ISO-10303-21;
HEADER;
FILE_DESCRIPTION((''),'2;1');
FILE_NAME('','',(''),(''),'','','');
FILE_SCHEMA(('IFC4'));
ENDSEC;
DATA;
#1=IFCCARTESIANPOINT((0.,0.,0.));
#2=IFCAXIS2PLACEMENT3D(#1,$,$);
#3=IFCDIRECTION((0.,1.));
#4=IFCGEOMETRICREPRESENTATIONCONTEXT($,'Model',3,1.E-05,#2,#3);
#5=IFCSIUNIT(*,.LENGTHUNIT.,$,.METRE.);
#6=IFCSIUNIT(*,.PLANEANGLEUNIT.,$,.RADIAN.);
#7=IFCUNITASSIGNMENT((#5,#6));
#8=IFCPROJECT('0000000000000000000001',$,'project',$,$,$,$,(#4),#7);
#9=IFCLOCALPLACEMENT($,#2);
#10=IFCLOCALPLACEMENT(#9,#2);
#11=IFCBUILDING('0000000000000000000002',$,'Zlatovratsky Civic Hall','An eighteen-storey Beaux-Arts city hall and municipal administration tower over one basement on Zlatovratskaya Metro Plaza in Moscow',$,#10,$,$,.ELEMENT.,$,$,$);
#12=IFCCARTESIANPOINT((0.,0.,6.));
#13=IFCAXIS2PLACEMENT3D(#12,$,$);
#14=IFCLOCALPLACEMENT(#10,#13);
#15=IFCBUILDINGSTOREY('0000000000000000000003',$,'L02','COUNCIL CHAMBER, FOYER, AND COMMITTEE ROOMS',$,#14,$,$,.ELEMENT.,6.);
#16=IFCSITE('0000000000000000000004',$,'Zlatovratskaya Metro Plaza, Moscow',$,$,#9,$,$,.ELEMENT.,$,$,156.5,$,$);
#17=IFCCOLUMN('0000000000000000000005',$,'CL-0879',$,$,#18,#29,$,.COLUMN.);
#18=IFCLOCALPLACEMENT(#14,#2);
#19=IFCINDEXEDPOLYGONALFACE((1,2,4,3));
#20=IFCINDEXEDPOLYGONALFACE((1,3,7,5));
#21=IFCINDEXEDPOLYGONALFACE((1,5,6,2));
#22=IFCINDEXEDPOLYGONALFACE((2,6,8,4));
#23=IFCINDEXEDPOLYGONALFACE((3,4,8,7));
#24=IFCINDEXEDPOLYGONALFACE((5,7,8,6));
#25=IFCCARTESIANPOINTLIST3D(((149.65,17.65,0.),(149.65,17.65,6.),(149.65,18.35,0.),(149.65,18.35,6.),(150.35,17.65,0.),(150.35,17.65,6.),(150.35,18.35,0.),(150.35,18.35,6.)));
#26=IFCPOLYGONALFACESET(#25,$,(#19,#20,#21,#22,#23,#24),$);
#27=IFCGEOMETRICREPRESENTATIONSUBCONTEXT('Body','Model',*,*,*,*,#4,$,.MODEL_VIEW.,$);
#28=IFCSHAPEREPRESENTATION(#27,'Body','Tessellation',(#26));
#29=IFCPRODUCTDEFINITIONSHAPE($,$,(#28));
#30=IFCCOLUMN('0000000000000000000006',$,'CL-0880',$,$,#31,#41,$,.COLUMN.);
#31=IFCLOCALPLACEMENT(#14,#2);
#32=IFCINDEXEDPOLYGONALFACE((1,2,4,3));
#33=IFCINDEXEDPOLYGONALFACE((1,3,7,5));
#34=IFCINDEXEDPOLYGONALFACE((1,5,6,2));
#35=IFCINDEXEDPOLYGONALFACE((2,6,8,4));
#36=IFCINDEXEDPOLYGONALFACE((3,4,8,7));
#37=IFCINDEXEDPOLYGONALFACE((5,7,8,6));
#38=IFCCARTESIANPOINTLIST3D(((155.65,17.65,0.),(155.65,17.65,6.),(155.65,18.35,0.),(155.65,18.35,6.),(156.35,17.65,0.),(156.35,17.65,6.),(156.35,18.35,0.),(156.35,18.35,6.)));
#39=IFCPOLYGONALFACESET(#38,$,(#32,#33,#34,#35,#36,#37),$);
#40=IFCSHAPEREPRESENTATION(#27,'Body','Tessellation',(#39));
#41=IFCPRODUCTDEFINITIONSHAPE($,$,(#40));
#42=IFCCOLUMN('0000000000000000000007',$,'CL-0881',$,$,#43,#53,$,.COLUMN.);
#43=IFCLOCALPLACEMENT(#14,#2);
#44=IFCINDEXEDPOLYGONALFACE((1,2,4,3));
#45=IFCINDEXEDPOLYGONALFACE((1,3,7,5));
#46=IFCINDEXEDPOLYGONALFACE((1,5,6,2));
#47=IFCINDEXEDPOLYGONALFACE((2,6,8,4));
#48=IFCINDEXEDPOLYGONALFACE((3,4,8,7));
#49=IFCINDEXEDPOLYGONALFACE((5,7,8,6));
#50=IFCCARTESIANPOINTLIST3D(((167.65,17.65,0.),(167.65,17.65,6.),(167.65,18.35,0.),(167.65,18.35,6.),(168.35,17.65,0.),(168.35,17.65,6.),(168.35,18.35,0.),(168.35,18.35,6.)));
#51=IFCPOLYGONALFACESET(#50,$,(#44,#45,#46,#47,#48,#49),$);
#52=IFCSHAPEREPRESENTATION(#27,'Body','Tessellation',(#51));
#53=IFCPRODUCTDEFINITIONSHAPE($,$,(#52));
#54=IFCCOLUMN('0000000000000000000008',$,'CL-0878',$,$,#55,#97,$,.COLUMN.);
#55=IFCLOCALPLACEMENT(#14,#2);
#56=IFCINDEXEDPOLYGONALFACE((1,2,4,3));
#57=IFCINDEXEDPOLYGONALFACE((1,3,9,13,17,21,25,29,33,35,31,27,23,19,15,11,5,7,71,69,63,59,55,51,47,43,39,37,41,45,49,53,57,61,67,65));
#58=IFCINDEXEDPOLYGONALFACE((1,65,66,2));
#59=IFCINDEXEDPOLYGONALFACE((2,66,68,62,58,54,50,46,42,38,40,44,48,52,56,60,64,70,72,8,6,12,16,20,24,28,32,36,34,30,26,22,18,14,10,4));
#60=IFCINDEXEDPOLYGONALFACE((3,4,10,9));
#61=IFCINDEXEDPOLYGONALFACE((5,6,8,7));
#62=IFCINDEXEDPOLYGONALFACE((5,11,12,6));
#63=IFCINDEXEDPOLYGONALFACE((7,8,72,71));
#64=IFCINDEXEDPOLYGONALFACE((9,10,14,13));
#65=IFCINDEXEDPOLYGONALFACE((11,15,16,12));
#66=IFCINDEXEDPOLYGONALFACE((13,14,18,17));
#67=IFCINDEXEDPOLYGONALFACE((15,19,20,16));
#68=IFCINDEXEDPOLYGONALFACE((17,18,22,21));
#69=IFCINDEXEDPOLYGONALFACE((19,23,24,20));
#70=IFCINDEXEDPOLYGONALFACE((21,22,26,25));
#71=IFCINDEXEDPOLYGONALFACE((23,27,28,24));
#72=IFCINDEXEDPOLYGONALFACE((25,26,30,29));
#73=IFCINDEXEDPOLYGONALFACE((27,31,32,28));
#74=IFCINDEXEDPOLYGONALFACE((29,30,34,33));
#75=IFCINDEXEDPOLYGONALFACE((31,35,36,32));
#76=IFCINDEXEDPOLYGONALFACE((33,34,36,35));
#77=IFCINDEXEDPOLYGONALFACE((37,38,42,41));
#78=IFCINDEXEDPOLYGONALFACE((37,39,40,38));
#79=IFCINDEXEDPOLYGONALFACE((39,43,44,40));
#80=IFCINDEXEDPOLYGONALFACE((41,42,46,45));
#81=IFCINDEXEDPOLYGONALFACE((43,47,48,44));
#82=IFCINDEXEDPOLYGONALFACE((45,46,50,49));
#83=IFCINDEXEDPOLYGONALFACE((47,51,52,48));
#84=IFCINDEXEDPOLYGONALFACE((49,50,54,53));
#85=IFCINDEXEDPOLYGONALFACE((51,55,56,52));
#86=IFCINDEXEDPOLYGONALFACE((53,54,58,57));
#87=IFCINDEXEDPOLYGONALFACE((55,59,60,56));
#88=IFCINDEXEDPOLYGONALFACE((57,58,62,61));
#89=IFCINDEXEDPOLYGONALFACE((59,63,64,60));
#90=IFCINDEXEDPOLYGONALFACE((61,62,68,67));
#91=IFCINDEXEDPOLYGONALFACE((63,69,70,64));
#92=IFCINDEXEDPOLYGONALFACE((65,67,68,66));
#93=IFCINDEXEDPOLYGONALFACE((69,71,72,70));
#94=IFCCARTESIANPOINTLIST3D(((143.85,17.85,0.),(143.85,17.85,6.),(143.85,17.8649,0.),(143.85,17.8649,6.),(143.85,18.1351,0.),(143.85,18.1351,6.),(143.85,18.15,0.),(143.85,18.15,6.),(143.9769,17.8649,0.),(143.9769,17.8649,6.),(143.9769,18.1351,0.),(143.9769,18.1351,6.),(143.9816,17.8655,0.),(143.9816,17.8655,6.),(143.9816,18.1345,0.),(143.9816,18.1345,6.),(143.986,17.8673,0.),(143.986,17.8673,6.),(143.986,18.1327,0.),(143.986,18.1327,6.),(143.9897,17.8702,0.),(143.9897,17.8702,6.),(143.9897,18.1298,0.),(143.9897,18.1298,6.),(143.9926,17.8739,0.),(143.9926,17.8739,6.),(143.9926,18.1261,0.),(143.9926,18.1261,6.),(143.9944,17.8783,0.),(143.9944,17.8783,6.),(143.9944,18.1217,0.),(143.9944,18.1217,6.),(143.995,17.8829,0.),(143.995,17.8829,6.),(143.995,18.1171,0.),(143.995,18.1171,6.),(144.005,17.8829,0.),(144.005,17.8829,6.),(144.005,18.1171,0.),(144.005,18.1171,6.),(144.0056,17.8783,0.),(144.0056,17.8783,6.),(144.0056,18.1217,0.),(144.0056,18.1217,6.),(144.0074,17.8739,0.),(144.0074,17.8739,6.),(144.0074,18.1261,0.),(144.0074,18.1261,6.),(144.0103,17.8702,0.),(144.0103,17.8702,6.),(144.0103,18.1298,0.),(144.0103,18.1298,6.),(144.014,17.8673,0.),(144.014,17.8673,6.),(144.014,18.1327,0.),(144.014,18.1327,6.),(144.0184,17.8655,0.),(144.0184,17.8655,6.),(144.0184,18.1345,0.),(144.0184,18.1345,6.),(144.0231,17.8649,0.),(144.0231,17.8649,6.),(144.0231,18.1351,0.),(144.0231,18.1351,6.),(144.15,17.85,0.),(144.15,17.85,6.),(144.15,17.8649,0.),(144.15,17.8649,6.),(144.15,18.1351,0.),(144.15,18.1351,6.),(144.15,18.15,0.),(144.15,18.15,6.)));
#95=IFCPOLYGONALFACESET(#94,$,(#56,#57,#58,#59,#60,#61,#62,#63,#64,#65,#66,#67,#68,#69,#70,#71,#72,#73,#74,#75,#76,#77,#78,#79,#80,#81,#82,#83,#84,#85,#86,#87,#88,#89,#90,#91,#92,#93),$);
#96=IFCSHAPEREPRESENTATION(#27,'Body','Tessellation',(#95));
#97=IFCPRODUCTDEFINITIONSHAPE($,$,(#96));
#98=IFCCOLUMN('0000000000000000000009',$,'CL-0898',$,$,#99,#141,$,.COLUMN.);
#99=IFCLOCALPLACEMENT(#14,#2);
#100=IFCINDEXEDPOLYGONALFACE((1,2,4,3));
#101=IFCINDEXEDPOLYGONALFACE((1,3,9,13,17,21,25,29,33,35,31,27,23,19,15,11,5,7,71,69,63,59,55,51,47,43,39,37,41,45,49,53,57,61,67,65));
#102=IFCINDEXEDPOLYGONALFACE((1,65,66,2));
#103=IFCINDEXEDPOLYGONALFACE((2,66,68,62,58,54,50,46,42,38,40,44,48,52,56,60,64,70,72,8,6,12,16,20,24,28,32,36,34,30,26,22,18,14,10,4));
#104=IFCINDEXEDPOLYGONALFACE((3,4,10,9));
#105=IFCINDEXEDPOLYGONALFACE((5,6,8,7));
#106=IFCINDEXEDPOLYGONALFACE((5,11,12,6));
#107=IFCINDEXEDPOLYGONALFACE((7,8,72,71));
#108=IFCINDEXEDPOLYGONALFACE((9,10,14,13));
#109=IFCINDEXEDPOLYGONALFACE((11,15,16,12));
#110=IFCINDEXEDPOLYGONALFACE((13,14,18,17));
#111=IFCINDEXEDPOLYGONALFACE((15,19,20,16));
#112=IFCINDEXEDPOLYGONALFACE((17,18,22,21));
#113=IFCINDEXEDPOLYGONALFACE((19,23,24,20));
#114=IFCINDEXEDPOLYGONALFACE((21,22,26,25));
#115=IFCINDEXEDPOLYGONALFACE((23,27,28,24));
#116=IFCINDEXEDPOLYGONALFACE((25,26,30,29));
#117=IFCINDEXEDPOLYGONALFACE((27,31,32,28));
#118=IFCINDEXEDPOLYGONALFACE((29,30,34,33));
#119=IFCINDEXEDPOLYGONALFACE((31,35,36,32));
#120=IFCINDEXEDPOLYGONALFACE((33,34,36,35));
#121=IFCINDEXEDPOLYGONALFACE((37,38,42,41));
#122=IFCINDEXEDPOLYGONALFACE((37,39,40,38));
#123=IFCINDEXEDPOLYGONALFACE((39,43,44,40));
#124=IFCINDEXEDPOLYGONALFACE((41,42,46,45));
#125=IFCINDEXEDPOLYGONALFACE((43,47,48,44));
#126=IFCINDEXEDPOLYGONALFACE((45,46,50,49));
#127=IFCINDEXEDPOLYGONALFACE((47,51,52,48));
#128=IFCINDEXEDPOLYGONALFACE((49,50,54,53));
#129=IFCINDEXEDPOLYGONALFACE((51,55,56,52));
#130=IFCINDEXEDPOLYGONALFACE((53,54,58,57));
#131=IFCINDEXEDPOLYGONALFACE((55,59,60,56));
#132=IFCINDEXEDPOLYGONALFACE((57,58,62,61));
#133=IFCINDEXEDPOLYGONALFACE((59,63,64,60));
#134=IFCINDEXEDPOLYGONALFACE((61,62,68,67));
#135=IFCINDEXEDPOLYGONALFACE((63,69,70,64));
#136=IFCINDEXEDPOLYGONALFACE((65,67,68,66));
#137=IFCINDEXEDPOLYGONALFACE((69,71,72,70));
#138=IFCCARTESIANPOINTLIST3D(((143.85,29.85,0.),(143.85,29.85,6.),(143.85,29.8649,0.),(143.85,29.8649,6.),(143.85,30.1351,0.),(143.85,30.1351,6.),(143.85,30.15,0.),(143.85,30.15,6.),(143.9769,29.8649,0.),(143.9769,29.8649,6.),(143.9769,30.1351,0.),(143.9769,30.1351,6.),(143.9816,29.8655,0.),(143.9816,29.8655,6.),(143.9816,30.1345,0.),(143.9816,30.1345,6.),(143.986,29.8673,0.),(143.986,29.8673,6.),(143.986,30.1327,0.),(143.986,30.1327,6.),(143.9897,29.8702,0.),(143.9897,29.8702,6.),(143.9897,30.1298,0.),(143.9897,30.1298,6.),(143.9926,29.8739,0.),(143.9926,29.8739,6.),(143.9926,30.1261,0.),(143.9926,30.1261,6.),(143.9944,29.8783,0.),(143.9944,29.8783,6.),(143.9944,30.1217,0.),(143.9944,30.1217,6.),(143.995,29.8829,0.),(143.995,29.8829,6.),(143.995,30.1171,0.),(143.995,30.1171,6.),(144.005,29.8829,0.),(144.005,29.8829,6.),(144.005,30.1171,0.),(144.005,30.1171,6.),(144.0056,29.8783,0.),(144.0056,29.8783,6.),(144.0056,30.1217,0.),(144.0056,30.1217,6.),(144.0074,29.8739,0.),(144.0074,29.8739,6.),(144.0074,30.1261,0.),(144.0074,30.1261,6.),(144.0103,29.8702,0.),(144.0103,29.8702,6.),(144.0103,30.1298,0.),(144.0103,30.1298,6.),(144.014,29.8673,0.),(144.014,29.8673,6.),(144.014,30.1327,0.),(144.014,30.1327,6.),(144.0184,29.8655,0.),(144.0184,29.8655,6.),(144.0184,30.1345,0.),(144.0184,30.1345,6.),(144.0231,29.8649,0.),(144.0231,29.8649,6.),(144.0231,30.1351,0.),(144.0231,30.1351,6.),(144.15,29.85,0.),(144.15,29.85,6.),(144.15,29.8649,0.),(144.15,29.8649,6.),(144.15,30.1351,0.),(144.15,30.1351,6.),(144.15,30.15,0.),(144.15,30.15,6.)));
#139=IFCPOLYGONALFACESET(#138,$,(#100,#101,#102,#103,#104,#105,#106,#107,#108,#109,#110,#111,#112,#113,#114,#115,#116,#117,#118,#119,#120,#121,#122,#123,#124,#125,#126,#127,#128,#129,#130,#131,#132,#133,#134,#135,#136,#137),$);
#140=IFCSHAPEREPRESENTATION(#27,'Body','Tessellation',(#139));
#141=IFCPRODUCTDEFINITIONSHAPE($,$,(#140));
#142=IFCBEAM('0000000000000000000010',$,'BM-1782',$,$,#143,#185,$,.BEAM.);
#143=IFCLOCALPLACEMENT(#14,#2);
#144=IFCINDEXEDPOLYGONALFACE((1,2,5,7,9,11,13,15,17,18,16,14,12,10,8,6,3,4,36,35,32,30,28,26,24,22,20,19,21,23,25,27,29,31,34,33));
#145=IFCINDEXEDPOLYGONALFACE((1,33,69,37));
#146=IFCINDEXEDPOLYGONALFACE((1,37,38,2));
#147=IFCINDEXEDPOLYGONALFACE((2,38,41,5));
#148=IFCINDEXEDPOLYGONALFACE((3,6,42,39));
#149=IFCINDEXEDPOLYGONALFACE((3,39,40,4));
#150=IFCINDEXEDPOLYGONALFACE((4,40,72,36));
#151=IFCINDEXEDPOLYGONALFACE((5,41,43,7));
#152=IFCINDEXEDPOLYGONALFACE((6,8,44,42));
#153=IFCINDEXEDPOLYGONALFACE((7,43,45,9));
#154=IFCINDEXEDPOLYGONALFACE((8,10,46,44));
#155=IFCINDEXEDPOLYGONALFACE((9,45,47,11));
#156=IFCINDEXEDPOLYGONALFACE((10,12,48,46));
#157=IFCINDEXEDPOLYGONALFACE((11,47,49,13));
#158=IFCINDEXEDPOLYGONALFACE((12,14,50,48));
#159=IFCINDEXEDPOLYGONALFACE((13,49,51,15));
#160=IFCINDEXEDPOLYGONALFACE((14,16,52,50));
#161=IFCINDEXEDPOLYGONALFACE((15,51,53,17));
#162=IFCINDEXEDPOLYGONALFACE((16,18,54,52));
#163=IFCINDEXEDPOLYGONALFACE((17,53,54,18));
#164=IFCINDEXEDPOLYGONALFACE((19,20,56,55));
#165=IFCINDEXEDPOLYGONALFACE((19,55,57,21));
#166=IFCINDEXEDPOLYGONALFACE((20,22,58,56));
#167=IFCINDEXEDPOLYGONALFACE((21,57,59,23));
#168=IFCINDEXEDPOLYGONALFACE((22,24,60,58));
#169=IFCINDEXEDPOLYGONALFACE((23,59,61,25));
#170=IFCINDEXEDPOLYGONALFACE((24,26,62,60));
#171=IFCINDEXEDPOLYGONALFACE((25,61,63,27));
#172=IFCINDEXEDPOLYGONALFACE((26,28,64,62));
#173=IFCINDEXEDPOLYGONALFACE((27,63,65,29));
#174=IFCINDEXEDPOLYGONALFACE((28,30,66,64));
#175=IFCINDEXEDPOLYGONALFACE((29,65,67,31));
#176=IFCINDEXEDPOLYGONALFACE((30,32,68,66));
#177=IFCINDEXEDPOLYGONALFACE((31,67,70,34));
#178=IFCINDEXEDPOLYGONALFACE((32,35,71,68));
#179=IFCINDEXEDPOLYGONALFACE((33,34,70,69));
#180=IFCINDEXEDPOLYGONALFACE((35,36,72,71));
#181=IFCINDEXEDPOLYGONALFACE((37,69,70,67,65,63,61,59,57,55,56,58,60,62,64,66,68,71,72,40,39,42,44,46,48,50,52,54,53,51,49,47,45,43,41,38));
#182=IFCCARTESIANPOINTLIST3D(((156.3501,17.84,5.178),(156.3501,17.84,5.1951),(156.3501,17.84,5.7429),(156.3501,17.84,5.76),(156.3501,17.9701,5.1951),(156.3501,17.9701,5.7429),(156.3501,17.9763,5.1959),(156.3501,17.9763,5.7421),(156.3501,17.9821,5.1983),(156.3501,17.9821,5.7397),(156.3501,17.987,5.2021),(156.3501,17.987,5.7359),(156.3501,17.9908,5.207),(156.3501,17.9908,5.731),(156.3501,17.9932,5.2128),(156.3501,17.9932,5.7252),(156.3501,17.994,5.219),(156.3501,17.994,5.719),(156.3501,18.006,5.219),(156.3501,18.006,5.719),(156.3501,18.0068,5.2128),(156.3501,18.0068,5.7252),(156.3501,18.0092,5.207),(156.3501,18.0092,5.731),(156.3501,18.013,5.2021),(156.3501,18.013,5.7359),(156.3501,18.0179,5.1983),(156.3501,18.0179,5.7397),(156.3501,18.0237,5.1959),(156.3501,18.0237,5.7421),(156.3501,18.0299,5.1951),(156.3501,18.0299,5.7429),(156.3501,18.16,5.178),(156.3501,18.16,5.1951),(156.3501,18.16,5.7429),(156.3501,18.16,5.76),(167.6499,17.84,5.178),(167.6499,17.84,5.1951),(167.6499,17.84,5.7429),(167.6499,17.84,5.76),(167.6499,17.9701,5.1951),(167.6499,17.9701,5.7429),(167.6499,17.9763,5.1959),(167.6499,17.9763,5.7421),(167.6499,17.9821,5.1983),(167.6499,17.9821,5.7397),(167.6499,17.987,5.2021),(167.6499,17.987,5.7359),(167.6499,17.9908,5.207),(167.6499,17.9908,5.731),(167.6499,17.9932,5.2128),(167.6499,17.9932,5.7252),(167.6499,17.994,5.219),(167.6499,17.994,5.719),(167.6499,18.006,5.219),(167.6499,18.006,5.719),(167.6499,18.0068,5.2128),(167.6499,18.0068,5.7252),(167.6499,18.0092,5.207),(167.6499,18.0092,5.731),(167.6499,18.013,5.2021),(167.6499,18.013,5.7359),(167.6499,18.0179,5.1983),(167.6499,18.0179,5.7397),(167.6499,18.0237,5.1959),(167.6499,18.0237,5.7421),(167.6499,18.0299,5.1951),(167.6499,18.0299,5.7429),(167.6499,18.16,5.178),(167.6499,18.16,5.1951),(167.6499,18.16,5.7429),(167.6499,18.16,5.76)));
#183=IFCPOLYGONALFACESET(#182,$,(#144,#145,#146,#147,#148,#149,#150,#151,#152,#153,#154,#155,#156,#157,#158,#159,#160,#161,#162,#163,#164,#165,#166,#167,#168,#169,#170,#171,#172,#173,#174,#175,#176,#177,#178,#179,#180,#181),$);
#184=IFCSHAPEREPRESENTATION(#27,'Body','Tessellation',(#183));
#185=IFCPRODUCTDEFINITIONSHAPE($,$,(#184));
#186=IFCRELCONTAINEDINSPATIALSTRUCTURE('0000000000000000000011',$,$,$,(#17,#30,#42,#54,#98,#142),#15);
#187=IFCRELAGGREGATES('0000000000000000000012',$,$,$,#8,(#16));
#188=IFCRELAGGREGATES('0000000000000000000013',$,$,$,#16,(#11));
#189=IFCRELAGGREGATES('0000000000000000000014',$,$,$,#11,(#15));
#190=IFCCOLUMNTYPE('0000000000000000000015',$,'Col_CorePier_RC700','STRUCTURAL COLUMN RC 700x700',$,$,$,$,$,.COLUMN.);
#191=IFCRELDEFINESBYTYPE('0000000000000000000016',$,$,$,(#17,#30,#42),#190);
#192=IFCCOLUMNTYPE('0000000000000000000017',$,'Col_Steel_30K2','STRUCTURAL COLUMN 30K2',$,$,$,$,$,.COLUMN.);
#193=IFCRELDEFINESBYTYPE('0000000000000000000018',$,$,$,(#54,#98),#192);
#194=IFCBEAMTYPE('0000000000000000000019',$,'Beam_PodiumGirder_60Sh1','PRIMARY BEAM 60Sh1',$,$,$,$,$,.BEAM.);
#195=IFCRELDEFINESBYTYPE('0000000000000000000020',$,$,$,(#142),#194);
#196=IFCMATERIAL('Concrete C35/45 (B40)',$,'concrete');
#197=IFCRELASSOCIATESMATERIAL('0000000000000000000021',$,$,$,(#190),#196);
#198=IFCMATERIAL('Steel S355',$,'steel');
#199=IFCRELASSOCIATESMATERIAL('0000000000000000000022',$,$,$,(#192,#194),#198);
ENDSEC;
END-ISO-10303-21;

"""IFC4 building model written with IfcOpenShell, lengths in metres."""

from ifc_helpers import new_model, si_unit, direction, frame, origin, origin_2d, place, context, subcontext, project, spatial, rectangle, i_section, extrude, material, material_profile, profile_set, type_object, element, save


model = new_model("IFC4")

# Units and contexts
model_context = context("Model", 3, precision=1e-05, world=origin(), true_north=direction((0.0, 1.0)))
body_context = subcontext(model_context, "Body", "Model", "MODEL_VIEW")
ifc_project = project(units=[si_unit("LENGTHUNIT", "METRE"), si_unit("PLANEANGLEUNIT", "RADIAN")], contexts=[model_context])

# Site, building, storey
site_placement = place(None, origin())
site = spatial("IfcSite", under=ifc_project, at=site_placement, Name="Zlatovratskaya Metro Plaza, Moscow", CompositionType="ELEMENT", RefElevation=156.5)
building_placement = place(site_placement, origin())
building = spatial("IfcBuilding", under=site, at=building_placement, Name="Zlatovratsky Civic Hall", Description="An eighteen-storey Beaux-Arts city hall and municipal administration tower over one basement on Zlatovratskaya Metro Plaza in Moscow", CompositionType="ELEMENT")
storey_placement = place(building_placement, frame((0.0, 0.0, 6.0)))
storey = spatial("IfcBuildingStorey", under=building, at=storey_placement, Name="L02", Description="COUNCIL CHAMBER, FOYER, AND COMMITTEE ROOMS", CompositionType="ELEMENT", Elevation=6.0)

# Columns
ifc_material_1 = material(Name="Concrete C35/45 (B40)", Category="concrete")
ifc_material_profile_1 = material_profile(ifc_material_1, rectangle(XDim=0.7, YDim=0.7, at=origin_2d()), Name="RC 700x700")
ifc_profile_set_1 = profile_set([ifc_material_profile_1], Name="Concrete C35/45 (B40)")
column_type_1 = type_object("IfcColumnType", Name="Col_CorePier_RC700", Description="STRUCTURAL COLUMN RC 700x700", PredefinedType="COLUMN", material=ifc_profile_set_1)
for number, where, z_axis, x_axis, name in (
    (1, (150.0, 18.0, 0.0), (0.0, 0.0, 1.0), (1.0, 0.0, 0.0), "CL-0879"),
    (2, (156.0, 18.0, 0.0), (0.0, 0.0, 1.0), (1.0, 0.0, 0.0), "CL-0880"),
    (3, (168.0, 18.0, 0.0), (0.0, 0.0, 1.0), (1.0, 0.0, 0.0), "CL-0881"),
):
    element("IfcColumn", number, at=place(storey_placement, frame(where, z_axis=z_axis, x_axis=x_axis)), inside=storey, type_object=column_type_1, Name=name, PredefinedType="COLUMN", context=body_context, shape_type="SweptSolid", body=[
        extrude(rectangle(XDim=0.7, YDim=0.7, at=origin_2d()), origin(), (0.0, 0.0, 1.0), 6.0),
    ])
ifc_material_2 = material(Name="Steel S355", Category="steel")
ifc_material_profile_2 = material_profile(ifc_material_2, i_section(OverallWidth=0.3, OverallDepth=0.3, WebThickness=0.01, FlangeThickness=0.0149, FilletRadius=0.0181, at=origin_2d()), Name="30K2")
ifc_profile_set_2 = profile_set([ifc_material_profile_2], Name="Steel S355")
column_type_2 = type_object("IfcColumnType", Name="Col_Steel_30K2", Description="STRUCTURAL COLUMN 30K2", PredefinedType="COLUMN", material=ifc_profile_set_2)
for number, where, z_axis, x_axis, name in (
    (4, (144.0, 18.0, 0.0), (0.0, 0.0, 1.0), (1.0, 0.0, 0.0), "CL-0878"),
    (5, (144.0, 30.0, 0.0), (0.0, 0.0, 1.0), (1.0, 0.0, 0.0), "CL-0898"),
):
    element("IfcColumn", number, at=place(storey_placement, frame(where, z_axis=z_axis, x_axis=x_axis)), inside=storey, type_object=column_type_2, Name=name, PredefinedType="COLUMN", context=body_context, shape_type="SweptSolid", body=[
        extrude(i_section(OverallWidth=0.3, OverallDepth=0.3, WebThickness=0.01, FlangeThickness=0.0149, FilletRadius=0.0181, at=origin_2d()), origin(), (0.0, 0.0, 1.0), 6.0),
    ])

# Beam
ifc_material_profile_3 = material_profile(ifc_material_2, i_section(OverallWidth=0.3201, OverallDepth=0.582, WebThickness=0.012, FlangeThickness=0.0171, FilletRadius=0.0239, at=origin_2d()), Name="60Sh1")
ifc_profile_set_3 = profile_set([ifc_material_profile_3], Name="Steel S355")
beam_type_1 = type_object("IfcBeamType", Name="Beam_PodiumGirder_60Sh1", Description="PRIMARY BEAM 60Sh1", PredefinedType="BEAM", material=ifc_profile_set_3)
beam_1_placement = place(storey_placement, frame((156.3501, 18.0, 5.469), z_axis=(1.0, 0.0, 0.0), x_axis=(0.0, 1.0, 0.0)))
element("IfcBeam", 6, at=beam_1_placement, inside=storey, type_object=beam_type_1, Name="BM-1782", PredefinedType="BEAM", context=body_context, shape_type="SweptSolid", body=[
    extrude(i_section(OverallWidth=0.3201, OverallDepth=0.582, WebThickness=0.012, FlangeThickness=0.0171, FilletRadius=0.0239, at=origin_2d()), origin(), (0.0, 0.0, 1.0), 11.2998),
])

save(model, "model.ifc")
